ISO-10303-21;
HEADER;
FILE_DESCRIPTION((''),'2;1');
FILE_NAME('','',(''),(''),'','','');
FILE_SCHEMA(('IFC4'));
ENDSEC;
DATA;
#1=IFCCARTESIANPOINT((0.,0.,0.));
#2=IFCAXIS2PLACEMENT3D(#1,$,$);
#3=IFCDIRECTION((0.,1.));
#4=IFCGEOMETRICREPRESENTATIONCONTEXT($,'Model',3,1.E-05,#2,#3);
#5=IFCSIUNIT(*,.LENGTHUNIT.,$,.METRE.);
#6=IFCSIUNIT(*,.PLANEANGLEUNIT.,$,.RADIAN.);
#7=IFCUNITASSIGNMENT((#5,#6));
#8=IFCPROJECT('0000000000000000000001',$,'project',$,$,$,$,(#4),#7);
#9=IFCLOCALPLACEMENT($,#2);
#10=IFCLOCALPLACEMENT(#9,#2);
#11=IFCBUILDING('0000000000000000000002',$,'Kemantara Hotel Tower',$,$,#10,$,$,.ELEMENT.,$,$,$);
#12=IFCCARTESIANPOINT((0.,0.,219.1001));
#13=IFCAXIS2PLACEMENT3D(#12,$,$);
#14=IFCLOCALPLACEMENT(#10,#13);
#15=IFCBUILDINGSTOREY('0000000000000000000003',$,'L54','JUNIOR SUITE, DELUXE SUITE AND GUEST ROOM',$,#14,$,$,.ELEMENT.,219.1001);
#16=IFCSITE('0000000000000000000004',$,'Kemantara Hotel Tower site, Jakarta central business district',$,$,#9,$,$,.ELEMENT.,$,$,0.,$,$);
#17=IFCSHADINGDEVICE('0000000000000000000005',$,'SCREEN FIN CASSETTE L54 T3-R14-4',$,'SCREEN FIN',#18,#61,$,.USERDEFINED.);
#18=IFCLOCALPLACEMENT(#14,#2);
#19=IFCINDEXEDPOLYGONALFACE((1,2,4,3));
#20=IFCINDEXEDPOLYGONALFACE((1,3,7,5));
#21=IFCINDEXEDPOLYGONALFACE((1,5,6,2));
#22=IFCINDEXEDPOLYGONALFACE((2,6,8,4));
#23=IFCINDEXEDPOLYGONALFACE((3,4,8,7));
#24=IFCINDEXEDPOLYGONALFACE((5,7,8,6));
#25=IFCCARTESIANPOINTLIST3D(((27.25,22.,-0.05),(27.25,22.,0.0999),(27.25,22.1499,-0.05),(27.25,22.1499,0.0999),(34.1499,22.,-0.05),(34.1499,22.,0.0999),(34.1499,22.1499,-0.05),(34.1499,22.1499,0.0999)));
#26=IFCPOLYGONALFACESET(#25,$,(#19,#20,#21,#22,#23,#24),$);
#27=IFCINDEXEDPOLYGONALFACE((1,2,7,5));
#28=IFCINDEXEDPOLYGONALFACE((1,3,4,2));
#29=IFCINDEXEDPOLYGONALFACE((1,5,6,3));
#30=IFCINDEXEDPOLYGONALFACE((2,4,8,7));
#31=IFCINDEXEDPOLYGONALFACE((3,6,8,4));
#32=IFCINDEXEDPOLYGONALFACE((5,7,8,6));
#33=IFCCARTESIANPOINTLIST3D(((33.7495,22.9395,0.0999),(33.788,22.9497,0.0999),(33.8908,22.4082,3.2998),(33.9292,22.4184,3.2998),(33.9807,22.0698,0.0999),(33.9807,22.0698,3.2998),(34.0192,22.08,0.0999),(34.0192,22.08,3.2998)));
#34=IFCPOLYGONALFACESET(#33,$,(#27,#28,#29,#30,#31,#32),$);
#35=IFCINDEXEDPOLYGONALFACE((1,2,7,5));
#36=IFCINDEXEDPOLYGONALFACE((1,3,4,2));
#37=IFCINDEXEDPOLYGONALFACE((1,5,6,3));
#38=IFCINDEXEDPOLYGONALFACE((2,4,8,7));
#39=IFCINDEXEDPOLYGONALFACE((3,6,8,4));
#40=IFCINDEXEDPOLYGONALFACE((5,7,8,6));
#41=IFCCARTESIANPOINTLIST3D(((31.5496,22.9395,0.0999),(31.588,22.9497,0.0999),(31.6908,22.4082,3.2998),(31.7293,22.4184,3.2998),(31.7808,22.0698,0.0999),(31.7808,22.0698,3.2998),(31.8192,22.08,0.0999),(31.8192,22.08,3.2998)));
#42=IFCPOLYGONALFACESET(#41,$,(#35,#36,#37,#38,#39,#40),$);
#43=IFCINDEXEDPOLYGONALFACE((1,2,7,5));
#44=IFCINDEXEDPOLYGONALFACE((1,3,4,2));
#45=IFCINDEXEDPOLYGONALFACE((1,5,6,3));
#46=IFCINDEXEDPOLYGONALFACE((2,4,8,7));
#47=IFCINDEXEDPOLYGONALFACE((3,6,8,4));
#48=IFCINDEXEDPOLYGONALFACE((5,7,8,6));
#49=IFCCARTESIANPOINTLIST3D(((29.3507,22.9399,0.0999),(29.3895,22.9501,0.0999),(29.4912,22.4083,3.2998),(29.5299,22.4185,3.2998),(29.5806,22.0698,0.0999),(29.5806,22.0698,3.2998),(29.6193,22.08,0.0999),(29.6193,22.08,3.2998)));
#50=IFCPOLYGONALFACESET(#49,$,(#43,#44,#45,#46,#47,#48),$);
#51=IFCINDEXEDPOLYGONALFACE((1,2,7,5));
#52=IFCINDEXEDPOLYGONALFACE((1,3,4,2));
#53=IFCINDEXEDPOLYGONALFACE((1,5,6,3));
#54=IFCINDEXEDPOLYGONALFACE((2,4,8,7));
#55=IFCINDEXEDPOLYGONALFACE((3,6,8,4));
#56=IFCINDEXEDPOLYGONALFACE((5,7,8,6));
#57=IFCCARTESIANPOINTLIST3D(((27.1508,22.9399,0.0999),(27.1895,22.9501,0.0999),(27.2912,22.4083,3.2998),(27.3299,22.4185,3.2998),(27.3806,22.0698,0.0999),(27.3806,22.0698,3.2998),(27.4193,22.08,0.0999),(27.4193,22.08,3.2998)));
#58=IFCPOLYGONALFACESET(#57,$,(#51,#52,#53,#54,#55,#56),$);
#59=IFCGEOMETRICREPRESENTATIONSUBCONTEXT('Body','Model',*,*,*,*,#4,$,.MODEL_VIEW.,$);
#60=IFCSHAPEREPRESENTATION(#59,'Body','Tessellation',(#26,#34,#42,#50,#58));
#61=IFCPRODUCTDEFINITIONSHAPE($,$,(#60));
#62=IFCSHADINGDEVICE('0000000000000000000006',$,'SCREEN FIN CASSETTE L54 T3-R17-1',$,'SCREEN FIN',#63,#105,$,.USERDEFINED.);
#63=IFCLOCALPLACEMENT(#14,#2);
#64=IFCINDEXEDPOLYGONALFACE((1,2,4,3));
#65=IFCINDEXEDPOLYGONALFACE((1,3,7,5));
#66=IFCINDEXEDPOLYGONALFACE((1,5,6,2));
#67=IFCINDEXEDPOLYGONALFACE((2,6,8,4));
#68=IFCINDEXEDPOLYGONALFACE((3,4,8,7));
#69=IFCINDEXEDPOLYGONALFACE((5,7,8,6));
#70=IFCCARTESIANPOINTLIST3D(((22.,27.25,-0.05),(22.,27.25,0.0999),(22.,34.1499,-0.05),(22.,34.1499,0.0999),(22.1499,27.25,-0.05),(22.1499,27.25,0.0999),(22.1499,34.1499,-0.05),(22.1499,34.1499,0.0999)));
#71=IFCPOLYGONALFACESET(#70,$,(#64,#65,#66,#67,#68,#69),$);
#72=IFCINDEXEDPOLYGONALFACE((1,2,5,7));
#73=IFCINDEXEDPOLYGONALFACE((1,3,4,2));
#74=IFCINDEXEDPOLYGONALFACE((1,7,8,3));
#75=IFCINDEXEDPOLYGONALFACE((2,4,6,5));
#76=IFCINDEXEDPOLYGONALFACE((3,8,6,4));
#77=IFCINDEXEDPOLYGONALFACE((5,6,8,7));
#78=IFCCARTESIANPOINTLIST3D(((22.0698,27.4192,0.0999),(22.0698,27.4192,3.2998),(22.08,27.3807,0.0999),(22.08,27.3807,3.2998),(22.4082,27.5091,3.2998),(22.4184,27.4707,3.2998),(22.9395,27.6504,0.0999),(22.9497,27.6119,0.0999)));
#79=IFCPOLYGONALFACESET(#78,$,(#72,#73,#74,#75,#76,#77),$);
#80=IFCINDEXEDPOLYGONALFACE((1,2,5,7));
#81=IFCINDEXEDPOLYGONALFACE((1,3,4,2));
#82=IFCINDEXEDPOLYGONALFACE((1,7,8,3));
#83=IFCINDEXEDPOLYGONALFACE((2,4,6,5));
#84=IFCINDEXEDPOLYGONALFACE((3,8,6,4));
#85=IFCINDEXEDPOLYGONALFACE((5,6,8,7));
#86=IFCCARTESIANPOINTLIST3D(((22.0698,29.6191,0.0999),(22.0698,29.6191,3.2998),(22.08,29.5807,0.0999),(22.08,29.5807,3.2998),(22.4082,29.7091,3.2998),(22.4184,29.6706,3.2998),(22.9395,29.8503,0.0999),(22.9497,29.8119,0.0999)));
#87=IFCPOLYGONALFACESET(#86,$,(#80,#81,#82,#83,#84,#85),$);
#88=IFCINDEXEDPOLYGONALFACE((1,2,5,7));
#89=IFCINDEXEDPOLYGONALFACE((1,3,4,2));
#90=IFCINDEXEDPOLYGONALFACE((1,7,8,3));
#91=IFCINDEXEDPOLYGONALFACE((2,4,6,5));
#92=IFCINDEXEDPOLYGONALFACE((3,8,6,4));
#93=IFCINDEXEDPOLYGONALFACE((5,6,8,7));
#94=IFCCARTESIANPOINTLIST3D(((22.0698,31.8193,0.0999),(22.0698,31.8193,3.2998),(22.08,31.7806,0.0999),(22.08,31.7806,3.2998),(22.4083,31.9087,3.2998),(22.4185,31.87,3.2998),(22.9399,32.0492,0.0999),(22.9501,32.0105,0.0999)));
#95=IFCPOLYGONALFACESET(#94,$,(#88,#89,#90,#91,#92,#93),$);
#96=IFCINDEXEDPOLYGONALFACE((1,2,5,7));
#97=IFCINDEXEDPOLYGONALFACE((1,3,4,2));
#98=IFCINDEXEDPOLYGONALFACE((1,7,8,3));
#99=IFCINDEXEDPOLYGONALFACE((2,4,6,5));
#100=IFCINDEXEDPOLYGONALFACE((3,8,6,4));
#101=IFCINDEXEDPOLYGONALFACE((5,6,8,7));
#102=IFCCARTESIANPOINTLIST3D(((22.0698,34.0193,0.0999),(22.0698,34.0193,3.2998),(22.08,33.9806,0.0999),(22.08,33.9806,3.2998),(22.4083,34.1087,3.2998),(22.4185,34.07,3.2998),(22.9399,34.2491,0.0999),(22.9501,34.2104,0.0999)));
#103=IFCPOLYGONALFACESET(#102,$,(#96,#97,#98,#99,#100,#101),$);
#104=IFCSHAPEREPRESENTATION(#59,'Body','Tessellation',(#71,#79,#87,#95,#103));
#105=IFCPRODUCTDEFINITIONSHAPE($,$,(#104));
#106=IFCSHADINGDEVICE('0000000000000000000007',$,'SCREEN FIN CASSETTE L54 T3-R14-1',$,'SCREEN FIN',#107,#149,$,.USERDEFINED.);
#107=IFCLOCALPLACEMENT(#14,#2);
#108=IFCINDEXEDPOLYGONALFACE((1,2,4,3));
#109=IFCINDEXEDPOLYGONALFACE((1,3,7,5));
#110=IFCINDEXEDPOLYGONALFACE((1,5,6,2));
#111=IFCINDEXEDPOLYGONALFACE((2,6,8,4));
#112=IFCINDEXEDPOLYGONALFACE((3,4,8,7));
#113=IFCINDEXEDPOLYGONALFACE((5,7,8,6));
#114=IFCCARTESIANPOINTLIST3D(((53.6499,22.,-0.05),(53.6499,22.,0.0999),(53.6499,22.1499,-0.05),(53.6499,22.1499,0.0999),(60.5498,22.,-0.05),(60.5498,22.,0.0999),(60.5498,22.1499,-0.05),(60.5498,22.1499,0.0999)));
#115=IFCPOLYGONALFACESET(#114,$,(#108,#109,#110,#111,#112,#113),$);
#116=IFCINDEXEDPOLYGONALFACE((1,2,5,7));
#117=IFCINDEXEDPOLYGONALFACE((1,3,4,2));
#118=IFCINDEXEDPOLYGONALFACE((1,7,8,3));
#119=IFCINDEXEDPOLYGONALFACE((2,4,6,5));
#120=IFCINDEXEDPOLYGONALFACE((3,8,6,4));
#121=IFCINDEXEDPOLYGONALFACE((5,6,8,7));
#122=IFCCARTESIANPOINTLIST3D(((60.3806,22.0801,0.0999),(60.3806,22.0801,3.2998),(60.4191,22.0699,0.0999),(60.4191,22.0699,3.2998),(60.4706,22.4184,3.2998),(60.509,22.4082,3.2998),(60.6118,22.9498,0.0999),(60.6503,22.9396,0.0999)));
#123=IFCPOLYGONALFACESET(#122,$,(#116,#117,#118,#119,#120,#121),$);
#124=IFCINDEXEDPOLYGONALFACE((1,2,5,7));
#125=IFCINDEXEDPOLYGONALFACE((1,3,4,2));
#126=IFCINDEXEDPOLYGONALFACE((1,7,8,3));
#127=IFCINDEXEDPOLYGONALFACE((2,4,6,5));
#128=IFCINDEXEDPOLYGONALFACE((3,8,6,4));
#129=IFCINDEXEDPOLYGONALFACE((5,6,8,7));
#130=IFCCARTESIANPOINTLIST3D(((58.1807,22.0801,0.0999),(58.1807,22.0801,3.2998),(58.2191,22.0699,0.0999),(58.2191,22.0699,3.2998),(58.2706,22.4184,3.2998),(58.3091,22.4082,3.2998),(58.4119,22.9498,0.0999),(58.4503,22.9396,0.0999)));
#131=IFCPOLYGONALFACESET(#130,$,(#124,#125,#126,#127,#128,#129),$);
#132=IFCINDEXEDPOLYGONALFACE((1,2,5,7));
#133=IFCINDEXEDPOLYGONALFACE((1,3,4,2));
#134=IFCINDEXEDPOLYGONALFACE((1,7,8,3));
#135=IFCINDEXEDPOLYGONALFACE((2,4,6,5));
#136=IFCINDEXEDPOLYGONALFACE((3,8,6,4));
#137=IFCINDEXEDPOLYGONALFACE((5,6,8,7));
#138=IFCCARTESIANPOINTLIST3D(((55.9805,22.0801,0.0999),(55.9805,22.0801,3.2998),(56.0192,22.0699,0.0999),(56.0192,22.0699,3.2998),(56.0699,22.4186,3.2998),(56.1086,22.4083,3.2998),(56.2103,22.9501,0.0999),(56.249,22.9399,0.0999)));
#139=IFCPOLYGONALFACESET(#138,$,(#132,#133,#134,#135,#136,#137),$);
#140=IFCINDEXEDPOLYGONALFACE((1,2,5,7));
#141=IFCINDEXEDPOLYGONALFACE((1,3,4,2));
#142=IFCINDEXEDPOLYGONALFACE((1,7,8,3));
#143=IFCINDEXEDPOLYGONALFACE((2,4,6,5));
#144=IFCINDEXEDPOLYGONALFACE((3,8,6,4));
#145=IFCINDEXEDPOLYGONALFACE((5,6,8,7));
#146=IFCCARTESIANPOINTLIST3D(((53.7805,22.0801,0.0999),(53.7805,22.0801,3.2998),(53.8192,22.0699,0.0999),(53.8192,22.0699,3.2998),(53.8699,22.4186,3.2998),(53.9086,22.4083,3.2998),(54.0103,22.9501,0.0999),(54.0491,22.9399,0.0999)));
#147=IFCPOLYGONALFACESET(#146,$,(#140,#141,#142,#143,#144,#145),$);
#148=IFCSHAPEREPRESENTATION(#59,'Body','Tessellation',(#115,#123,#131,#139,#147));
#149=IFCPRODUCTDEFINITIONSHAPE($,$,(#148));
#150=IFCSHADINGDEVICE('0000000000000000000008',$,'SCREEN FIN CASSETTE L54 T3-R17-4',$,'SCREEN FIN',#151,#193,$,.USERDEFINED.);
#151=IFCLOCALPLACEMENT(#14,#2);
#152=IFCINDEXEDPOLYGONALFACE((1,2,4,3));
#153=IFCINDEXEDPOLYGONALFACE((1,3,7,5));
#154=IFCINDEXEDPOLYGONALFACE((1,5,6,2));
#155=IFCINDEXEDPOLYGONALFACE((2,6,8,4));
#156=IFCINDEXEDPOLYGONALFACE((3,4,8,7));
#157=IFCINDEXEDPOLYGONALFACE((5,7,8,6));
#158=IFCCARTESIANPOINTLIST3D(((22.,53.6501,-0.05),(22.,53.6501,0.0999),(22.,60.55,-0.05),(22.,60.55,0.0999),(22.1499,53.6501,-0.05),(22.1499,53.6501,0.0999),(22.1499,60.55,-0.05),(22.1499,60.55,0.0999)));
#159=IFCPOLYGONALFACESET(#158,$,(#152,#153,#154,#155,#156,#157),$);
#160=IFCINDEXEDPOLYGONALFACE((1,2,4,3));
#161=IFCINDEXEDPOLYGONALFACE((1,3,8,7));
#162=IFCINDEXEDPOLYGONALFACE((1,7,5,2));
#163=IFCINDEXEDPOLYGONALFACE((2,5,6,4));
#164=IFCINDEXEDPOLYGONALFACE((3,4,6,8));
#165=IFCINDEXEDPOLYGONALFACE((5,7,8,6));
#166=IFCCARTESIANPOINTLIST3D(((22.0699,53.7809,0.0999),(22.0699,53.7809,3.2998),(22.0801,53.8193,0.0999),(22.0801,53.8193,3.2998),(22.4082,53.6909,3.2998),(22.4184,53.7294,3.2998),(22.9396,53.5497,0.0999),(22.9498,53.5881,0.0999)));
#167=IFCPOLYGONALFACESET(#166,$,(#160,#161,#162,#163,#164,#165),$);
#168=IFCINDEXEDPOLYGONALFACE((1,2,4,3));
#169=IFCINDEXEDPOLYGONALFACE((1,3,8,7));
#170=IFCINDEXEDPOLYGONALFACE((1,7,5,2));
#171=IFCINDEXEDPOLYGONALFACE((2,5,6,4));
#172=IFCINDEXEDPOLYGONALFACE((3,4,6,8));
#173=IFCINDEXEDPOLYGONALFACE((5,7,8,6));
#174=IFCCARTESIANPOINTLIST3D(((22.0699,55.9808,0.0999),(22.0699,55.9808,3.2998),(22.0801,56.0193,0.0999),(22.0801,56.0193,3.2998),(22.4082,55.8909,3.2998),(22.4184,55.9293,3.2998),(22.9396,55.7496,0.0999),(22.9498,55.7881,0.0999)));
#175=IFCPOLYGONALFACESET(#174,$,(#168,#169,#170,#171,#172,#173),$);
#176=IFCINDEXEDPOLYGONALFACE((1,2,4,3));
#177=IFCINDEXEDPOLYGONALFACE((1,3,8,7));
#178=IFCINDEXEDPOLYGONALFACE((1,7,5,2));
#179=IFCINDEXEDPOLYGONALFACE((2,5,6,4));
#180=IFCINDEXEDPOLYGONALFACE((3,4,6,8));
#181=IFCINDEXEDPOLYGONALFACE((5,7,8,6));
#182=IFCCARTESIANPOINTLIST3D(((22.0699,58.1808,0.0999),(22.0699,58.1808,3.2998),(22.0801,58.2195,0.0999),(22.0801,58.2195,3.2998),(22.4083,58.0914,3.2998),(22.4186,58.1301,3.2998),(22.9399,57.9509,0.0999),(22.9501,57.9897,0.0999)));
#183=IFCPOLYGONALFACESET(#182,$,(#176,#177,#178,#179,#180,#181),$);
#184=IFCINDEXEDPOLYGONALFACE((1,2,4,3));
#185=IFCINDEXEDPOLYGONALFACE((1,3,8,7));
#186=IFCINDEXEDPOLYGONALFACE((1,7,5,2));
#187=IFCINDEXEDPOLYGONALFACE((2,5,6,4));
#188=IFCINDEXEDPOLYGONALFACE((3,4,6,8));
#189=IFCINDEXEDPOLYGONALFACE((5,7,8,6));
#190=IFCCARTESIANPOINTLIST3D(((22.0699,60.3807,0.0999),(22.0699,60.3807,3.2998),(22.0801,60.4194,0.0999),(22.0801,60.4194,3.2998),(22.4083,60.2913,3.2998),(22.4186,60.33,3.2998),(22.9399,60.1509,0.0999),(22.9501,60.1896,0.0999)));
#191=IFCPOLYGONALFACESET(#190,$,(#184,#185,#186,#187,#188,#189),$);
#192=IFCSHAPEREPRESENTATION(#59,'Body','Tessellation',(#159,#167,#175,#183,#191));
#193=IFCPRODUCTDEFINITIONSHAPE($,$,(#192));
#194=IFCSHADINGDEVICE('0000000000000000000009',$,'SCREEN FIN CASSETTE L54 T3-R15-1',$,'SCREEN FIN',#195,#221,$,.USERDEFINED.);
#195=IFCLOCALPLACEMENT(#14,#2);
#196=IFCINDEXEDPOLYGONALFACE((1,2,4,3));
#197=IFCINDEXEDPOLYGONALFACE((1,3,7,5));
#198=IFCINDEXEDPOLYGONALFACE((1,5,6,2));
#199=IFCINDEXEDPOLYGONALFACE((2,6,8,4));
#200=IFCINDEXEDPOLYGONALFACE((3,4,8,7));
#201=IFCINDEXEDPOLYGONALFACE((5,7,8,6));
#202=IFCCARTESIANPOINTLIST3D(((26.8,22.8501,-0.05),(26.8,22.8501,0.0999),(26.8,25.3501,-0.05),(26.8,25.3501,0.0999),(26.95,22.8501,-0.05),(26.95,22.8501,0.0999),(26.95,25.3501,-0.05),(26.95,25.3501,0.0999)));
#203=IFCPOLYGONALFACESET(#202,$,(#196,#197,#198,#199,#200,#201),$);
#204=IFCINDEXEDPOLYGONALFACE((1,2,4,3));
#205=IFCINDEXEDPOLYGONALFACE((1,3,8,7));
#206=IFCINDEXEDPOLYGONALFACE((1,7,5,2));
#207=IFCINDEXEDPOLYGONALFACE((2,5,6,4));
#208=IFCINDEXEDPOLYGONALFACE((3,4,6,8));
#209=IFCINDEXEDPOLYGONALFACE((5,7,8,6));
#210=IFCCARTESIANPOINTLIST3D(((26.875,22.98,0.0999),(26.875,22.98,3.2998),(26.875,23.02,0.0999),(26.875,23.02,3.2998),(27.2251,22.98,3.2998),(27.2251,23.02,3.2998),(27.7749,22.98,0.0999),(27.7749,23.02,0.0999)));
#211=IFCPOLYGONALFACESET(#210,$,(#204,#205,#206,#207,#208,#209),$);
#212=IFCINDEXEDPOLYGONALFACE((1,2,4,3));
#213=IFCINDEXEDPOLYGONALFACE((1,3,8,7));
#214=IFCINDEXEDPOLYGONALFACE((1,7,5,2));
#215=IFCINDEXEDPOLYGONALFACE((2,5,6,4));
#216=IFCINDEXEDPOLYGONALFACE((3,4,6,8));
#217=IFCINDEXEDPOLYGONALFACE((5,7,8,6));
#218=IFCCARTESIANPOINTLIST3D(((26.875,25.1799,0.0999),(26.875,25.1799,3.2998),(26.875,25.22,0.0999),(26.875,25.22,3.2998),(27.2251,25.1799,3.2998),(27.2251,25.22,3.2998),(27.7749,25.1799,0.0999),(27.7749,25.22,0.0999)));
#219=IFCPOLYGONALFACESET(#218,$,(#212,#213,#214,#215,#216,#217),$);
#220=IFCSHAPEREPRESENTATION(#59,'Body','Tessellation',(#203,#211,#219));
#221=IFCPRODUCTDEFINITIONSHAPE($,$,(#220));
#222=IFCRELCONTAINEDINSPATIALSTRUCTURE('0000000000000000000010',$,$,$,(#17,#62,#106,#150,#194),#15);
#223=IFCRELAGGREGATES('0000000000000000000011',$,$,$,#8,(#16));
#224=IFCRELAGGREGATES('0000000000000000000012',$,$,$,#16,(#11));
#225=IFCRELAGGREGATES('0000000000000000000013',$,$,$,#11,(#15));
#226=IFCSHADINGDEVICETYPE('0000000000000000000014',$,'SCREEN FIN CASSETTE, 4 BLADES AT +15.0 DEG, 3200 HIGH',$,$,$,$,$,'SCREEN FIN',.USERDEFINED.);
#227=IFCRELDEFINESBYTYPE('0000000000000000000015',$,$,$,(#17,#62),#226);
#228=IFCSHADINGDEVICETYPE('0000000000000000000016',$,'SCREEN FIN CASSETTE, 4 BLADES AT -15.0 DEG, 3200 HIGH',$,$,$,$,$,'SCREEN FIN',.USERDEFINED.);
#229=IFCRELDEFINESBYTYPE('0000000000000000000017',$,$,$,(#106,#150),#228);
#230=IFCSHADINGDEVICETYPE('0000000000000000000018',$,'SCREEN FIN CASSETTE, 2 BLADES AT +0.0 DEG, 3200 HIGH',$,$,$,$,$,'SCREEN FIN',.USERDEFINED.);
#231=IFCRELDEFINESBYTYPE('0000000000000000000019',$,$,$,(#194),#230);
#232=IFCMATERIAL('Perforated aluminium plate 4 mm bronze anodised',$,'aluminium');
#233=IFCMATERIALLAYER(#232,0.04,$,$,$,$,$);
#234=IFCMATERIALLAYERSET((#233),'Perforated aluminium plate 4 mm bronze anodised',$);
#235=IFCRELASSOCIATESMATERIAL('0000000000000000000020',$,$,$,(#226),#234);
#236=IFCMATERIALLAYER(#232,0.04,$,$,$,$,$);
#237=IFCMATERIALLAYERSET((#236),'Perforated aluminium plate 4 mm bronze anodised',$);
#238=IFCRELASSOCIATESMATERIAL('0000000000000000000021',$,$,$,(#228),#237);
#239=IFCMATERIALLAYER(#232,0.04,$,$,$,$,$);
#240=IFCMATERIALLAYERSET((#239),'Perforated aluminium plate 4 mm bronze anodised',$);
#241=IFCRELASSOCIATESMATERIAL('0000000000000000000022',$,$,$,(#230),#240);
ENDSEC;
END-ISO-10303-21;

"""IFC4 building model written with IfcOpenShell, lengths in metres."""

from ifc_helpers import new_model, si_unit, direction, frame, origin, origin_2d, place, context, subcontext, project, spatial, polyline, rectangle, outline, extrude, source, transform, mapped, material, layer, layer_set, type_object, element, save


model = new_model("IFC4")

# Units and contexts
model_context = context("Model", 3, precision=1e-05, world=origin(), true_north=direction((0.0, 1.0)))
body_context = subcontext(model_context, "Body", "Model", "MODEL_VIEW")
ifc_project = project(units=[si_unit("LENGTHUNIT", "METRE"), si_unit("PLANEANGLEUNIT", "RADIAN")], contexts=[model_context])

# Site, building, storey
site_placement = place(None, origin())
site = spatial("IfcSite", under=ifc_project, at=site_placement, Name="Kemantara Hotel Tower site, Jakarta central business district", CompositionType="ELEMENT", RefElevation=0.0)
building_placement = place(site_placement, origin())
building = spatial("IfcBuilding", under=site, at=building_placement, Name="Kemantara Hotel Tower", CompositionType="ELEMENT")
storey_placement = place(building_placement, frame((0.0, 0.0, 219.1001)))
storey = spatial("IfcBuildingStorey", under=building, at=storey_placement, Name="L54", Description="JUNIOR SUITE, DELUXE SUITE AND GUEST ROOM", CompositionType="ELEMENT", Elevation=219.1001)

# Shading devices
ifc_material_1 = material(Name="Perforated aluminium plate 4 mm bronze anodised", Category="aluminium")
ifc_layer_1 = layer(ifc_material_1, 0.04)
ifc_layer_set_1 = layer_set([ifc_layer_1], Name="Perforated aluminium plate 4 mm bronze anodised")
shading_device_type_1 = type_object("IfcShadingDeviceType", Name="SCREEN FIN CASSETTE, 4 BLADES AT +15.0 DEG, 3200 HIGH", ElementType="SCREEN FIN", PredefinedType="USERDEFINED", material=ifc_layer_set_1)
shared_shape_1 = source(origin(), body_context, "Body", "SweptSolid", [
    extrude(rectangle(XDim=6.8999, YDim=0.1499, at=origin_2d()), frame((3.3, -0.075, -0.1499), z_axis=(0.0, 0.0, 1.0), x_axis=(1.0, 0.0, 0.0)), (0.0, 0.0, 1.0), 0.1499),
    extrude(outline(polyline([(0.0, 0.0), (0.8999, 0.0), (0.3501, 3.2), (0.0, 3.2), (0.0, 0.0)])), frame((0.0193, -0.0698, 0.0), z_axis=(-0.966438, -0.256901, 0.0), x_axis=(0.256901, -0.966438, 0.0)), (0.0, 0.0, 1.0), 0.0398),
    extrude(outline(polyline([(0.0, 0.0), (0.8999, 0.0), (0.3501, 3.2), (0.0, 3.2), (0.0, 0.0)])), frame((2.2192, -0.0698, 0.0), z_axis=(-0.966438, -0.256901, 0.0), x_axis=(0.256901, -0.966438, 0.0)), (0.0, 0.0, 1.0), 0.0398),
    extrude(outline(polyline([(0.0, 0.0), (0.8999, 0.0), (0.3501, 3.2), (0.0, 3.2), (0.0, 0.0)])), frame((4.4194, -0.0698, 0.0), z_axis=(-0.966838, -0.255391, 0.0), x_axis=(0.255391, -0.966838, 0.0)), (0.0, 0.0, 1.0), 0.04),
    extrude(outline(polyline([(0.0, 0.0), (0.8999, 0.0), (0.3501, 3.2), (0.0, 3.2), (0.0, 0.0)])), frame((6.6194, -0.0698, 0.0), z_axis=(-0.966838, -0.255391, 0.0), x_axis=(0.255391, -0.966838, 0.0)), (0.0, 0.0, 1.0), 0.04),
])
for number, where, z_axis, x_axis, name in (
    (1, (34.0, 22.0, 0.0999), (0.0, 0.0, 1.0), (-1.0, 0.0, 0.0), "SCREEN FIN CASSETTE L54 T3-R14-4"),
    (2, (22.0, 27.3999, 0.0999), (0.0, 0.0, 1.0), (0.0, 1.0, 0.0), "SCREEN FIN CASSETTE L54 T3-R17-1"),
):
    element("IfcShadingDevice", number, at=place(storey_placement, frame(where, z_axis=z_axis, x_axis=x_axis)), inside=storey, type_object=shading_device_type_1, Name=name, ObjectType="SCREEN FIN", PredefinedType="USERDEFINED", context=body_context, shape_type="MappedRepresentation", body=[
        mapped(shared_shape_1, transform((0.0, 0.0, 0.0))),
    ])
ifc_layer_2 = layer(ifc_material_1, 0.04)
ifc_layer_set_2 = layer_set([ifc_layer_2], Name="Perforated aluminium plate 4 mm bronze anodised")
shading_device_type_2 = type_object("IfcShadingDeviceType", Name="SCREEN FIN CASSETTE, 4 BLADES AT -15.0 DEG, 3200 HIGH", ElementType="SCREEN FIN", PredefinedType="USERDEFINED", material=ifc_layer_set_2)
shared_shape_2 = source(origin(), body_context, "Body", "SweptSolid", [
    extrude(rectangle(XDim=6.8999, YDim=0.1499, at=origin_2d()), frame((3.3, -0.075, -0.1499), z_axis=(0.0, 0.0, 1.0), x_axis=(1.0, 0.0, 0.0)), (0.0, 0.0, 1.0), 0.1499),
    extrude(outline(polyline([(0.0, 0.0), (0.8999, 0.0), (0.3501, 3.2), (0.0, 3.2), (0.0, 0.0)])), frame((0.0193, -0.0801, 0.0), z_axis=(-0.966438, 0.256901, 0.0), x_axis=(-0.256901, -0.966438, 0.0)), (0.0, 0.0, 1.0), 0.0398),
    extrude(outline(polyline([(0.0, 0.0), (0.8999, 0.0), (0.3501, 3.2), (0.0, 3.2), (0.0, 0.0)])), frame((2.2192, -0.0801, 0.0), z_axis=(-0.966438, 0.256901, 0.0), x_axis=(-0.256901, -0.966438, 0.0)), (0.0, 0.0, 1.0), 0.0398),
    extrude(outline(polyline([(0.0, 0.0), (0.8999, 0.0), (0.3501, 3.2), (0.0, 3.2), (0.0, 0.0)])), frame((4.4194, -0.0801, 0.0), z_axis=(-0.966838, 0.255391, 0.0), x_axis=(-0.255391, -0.966838, 0.0)), (0.0, 0.0, 1.0), 0.04),
    extrude(outline(polyline([(0.0, 0.0), (0.8999, 0.0), (0.3501, 3.2), (0.0, 3.2), (0.0, 0.0)])), frame((6.6194, -0.0801, 0.0), z_axis=(-0.966838, 0.255391, 0.0), x_axis=(-0.255391, -0.966838, 0.0)), (0.0, 0.0, 1.0), 0.04),
])
for number, where, z_axis, x_axis, name in (
    (3, (60.3999, 22.0, 0.0999), (0.0, 0.0, 1.0), (-1.0, 0.0, 0.0), "SCREEN FIN CASSETTE L54 T3-R14-1"),
    (4, (22.0, 53.8, 0.0999), (0.0, 0.0, 1.0), (0.0, 1.0, 0.0), "SCREEN FIN CASSETTE L54 T3-R17-4"),
):
    element("IfcShadingDevice", number, at=place(storey_placement, frame(where, z_axis=z_axis, x_axis=x_axis)), inside=storey, type_object=shading_device_type_2, Name=name, ObjectType="SCREEN FIN", PredefinedType="USERDEFINED", context=body_context, shape_type="MappedRepresentation", body=[
        mapped(shared_shape_2, transform((0.0, 0.0, 0.0))),
    ])
ifc_layer_3 = layer(ifc_material_1, 0.04)
ifc_layer_set_3 = layer_set([ifc_layer_3], Name="Perforated aluminium plate 4 mm bronze anodised")
shading_device_type_3 = type_object("IfcShadingDeviceType", Name="SCREEN FIN CASSETTE, 2 BLADES AT +0.0 DEG, 3200 HIGH", ElementType="SCREEN FIN", PredefinedType="USERDEFINED", material=ifc_layer_set_3)
shared_shape_3 = source(origin(), body_context, "Body", "SweptSolid", [
    extrude(rectangle(XDim=2.5, YDim=0.1499, at=origin_2d()), frame((1.1001, -0.075, -0.1499), z_axis=(0.0, 0.0, 1.0), x_axis=(1.0, 0.0, 0.0)), (0.0, 0.0, 1.0), 0.1499),
    extrude(outline(polyline([(0.0, 0.0), (0.8999, 0.0), (0.3501, 3.2), (0.0, 3.2), (0.0, 0.0)])), frame((0.02, -0.075, 0.0), z_axis=(-1.0, 0.0, 0.0), x_axis=(0.0, -1.0, 0.0)), (0.0, 0.0, 1.0), 0.04),
    extrude(outline(polyline([(0.0, 0.0), (0.8999, 0.0), (0.3501, 3.2), (0.0, 3.2), (0.0, 0.0)])), frame((2.22, -0.075, 0.0), z_axis=(-1.0, 0.0, 0.0), x_axis=(0.0, -1.0, 0.0)), (0.0, 0.0, 1.0), 0.04),
])
for number, where, z_axis, x_axis, name in (
    (5, (26.8, 23.0, 0.0999), (0.0, 0.0, 1.0), (0.0, 1.0, 0.0), "SCREEN FIN CASSETTE L54 T3-R15-1"),
):
    element("IfcShadingDevice", number, at=place(storey_placement, frame(where, z_axis=z_axis, x_axis=x_axis)), inside=storey, type_object=shading_device_type_3, Name=name, ObjectType="SCREEN FIN", PredefinedType="USERDEFINED", context=body_context, shape_type="MappedRepresentation", body=[
        mapped(shared_shape_3, transform((0.0, 0.0, 0.0))),
    ])

save(model, "model.ifc")
